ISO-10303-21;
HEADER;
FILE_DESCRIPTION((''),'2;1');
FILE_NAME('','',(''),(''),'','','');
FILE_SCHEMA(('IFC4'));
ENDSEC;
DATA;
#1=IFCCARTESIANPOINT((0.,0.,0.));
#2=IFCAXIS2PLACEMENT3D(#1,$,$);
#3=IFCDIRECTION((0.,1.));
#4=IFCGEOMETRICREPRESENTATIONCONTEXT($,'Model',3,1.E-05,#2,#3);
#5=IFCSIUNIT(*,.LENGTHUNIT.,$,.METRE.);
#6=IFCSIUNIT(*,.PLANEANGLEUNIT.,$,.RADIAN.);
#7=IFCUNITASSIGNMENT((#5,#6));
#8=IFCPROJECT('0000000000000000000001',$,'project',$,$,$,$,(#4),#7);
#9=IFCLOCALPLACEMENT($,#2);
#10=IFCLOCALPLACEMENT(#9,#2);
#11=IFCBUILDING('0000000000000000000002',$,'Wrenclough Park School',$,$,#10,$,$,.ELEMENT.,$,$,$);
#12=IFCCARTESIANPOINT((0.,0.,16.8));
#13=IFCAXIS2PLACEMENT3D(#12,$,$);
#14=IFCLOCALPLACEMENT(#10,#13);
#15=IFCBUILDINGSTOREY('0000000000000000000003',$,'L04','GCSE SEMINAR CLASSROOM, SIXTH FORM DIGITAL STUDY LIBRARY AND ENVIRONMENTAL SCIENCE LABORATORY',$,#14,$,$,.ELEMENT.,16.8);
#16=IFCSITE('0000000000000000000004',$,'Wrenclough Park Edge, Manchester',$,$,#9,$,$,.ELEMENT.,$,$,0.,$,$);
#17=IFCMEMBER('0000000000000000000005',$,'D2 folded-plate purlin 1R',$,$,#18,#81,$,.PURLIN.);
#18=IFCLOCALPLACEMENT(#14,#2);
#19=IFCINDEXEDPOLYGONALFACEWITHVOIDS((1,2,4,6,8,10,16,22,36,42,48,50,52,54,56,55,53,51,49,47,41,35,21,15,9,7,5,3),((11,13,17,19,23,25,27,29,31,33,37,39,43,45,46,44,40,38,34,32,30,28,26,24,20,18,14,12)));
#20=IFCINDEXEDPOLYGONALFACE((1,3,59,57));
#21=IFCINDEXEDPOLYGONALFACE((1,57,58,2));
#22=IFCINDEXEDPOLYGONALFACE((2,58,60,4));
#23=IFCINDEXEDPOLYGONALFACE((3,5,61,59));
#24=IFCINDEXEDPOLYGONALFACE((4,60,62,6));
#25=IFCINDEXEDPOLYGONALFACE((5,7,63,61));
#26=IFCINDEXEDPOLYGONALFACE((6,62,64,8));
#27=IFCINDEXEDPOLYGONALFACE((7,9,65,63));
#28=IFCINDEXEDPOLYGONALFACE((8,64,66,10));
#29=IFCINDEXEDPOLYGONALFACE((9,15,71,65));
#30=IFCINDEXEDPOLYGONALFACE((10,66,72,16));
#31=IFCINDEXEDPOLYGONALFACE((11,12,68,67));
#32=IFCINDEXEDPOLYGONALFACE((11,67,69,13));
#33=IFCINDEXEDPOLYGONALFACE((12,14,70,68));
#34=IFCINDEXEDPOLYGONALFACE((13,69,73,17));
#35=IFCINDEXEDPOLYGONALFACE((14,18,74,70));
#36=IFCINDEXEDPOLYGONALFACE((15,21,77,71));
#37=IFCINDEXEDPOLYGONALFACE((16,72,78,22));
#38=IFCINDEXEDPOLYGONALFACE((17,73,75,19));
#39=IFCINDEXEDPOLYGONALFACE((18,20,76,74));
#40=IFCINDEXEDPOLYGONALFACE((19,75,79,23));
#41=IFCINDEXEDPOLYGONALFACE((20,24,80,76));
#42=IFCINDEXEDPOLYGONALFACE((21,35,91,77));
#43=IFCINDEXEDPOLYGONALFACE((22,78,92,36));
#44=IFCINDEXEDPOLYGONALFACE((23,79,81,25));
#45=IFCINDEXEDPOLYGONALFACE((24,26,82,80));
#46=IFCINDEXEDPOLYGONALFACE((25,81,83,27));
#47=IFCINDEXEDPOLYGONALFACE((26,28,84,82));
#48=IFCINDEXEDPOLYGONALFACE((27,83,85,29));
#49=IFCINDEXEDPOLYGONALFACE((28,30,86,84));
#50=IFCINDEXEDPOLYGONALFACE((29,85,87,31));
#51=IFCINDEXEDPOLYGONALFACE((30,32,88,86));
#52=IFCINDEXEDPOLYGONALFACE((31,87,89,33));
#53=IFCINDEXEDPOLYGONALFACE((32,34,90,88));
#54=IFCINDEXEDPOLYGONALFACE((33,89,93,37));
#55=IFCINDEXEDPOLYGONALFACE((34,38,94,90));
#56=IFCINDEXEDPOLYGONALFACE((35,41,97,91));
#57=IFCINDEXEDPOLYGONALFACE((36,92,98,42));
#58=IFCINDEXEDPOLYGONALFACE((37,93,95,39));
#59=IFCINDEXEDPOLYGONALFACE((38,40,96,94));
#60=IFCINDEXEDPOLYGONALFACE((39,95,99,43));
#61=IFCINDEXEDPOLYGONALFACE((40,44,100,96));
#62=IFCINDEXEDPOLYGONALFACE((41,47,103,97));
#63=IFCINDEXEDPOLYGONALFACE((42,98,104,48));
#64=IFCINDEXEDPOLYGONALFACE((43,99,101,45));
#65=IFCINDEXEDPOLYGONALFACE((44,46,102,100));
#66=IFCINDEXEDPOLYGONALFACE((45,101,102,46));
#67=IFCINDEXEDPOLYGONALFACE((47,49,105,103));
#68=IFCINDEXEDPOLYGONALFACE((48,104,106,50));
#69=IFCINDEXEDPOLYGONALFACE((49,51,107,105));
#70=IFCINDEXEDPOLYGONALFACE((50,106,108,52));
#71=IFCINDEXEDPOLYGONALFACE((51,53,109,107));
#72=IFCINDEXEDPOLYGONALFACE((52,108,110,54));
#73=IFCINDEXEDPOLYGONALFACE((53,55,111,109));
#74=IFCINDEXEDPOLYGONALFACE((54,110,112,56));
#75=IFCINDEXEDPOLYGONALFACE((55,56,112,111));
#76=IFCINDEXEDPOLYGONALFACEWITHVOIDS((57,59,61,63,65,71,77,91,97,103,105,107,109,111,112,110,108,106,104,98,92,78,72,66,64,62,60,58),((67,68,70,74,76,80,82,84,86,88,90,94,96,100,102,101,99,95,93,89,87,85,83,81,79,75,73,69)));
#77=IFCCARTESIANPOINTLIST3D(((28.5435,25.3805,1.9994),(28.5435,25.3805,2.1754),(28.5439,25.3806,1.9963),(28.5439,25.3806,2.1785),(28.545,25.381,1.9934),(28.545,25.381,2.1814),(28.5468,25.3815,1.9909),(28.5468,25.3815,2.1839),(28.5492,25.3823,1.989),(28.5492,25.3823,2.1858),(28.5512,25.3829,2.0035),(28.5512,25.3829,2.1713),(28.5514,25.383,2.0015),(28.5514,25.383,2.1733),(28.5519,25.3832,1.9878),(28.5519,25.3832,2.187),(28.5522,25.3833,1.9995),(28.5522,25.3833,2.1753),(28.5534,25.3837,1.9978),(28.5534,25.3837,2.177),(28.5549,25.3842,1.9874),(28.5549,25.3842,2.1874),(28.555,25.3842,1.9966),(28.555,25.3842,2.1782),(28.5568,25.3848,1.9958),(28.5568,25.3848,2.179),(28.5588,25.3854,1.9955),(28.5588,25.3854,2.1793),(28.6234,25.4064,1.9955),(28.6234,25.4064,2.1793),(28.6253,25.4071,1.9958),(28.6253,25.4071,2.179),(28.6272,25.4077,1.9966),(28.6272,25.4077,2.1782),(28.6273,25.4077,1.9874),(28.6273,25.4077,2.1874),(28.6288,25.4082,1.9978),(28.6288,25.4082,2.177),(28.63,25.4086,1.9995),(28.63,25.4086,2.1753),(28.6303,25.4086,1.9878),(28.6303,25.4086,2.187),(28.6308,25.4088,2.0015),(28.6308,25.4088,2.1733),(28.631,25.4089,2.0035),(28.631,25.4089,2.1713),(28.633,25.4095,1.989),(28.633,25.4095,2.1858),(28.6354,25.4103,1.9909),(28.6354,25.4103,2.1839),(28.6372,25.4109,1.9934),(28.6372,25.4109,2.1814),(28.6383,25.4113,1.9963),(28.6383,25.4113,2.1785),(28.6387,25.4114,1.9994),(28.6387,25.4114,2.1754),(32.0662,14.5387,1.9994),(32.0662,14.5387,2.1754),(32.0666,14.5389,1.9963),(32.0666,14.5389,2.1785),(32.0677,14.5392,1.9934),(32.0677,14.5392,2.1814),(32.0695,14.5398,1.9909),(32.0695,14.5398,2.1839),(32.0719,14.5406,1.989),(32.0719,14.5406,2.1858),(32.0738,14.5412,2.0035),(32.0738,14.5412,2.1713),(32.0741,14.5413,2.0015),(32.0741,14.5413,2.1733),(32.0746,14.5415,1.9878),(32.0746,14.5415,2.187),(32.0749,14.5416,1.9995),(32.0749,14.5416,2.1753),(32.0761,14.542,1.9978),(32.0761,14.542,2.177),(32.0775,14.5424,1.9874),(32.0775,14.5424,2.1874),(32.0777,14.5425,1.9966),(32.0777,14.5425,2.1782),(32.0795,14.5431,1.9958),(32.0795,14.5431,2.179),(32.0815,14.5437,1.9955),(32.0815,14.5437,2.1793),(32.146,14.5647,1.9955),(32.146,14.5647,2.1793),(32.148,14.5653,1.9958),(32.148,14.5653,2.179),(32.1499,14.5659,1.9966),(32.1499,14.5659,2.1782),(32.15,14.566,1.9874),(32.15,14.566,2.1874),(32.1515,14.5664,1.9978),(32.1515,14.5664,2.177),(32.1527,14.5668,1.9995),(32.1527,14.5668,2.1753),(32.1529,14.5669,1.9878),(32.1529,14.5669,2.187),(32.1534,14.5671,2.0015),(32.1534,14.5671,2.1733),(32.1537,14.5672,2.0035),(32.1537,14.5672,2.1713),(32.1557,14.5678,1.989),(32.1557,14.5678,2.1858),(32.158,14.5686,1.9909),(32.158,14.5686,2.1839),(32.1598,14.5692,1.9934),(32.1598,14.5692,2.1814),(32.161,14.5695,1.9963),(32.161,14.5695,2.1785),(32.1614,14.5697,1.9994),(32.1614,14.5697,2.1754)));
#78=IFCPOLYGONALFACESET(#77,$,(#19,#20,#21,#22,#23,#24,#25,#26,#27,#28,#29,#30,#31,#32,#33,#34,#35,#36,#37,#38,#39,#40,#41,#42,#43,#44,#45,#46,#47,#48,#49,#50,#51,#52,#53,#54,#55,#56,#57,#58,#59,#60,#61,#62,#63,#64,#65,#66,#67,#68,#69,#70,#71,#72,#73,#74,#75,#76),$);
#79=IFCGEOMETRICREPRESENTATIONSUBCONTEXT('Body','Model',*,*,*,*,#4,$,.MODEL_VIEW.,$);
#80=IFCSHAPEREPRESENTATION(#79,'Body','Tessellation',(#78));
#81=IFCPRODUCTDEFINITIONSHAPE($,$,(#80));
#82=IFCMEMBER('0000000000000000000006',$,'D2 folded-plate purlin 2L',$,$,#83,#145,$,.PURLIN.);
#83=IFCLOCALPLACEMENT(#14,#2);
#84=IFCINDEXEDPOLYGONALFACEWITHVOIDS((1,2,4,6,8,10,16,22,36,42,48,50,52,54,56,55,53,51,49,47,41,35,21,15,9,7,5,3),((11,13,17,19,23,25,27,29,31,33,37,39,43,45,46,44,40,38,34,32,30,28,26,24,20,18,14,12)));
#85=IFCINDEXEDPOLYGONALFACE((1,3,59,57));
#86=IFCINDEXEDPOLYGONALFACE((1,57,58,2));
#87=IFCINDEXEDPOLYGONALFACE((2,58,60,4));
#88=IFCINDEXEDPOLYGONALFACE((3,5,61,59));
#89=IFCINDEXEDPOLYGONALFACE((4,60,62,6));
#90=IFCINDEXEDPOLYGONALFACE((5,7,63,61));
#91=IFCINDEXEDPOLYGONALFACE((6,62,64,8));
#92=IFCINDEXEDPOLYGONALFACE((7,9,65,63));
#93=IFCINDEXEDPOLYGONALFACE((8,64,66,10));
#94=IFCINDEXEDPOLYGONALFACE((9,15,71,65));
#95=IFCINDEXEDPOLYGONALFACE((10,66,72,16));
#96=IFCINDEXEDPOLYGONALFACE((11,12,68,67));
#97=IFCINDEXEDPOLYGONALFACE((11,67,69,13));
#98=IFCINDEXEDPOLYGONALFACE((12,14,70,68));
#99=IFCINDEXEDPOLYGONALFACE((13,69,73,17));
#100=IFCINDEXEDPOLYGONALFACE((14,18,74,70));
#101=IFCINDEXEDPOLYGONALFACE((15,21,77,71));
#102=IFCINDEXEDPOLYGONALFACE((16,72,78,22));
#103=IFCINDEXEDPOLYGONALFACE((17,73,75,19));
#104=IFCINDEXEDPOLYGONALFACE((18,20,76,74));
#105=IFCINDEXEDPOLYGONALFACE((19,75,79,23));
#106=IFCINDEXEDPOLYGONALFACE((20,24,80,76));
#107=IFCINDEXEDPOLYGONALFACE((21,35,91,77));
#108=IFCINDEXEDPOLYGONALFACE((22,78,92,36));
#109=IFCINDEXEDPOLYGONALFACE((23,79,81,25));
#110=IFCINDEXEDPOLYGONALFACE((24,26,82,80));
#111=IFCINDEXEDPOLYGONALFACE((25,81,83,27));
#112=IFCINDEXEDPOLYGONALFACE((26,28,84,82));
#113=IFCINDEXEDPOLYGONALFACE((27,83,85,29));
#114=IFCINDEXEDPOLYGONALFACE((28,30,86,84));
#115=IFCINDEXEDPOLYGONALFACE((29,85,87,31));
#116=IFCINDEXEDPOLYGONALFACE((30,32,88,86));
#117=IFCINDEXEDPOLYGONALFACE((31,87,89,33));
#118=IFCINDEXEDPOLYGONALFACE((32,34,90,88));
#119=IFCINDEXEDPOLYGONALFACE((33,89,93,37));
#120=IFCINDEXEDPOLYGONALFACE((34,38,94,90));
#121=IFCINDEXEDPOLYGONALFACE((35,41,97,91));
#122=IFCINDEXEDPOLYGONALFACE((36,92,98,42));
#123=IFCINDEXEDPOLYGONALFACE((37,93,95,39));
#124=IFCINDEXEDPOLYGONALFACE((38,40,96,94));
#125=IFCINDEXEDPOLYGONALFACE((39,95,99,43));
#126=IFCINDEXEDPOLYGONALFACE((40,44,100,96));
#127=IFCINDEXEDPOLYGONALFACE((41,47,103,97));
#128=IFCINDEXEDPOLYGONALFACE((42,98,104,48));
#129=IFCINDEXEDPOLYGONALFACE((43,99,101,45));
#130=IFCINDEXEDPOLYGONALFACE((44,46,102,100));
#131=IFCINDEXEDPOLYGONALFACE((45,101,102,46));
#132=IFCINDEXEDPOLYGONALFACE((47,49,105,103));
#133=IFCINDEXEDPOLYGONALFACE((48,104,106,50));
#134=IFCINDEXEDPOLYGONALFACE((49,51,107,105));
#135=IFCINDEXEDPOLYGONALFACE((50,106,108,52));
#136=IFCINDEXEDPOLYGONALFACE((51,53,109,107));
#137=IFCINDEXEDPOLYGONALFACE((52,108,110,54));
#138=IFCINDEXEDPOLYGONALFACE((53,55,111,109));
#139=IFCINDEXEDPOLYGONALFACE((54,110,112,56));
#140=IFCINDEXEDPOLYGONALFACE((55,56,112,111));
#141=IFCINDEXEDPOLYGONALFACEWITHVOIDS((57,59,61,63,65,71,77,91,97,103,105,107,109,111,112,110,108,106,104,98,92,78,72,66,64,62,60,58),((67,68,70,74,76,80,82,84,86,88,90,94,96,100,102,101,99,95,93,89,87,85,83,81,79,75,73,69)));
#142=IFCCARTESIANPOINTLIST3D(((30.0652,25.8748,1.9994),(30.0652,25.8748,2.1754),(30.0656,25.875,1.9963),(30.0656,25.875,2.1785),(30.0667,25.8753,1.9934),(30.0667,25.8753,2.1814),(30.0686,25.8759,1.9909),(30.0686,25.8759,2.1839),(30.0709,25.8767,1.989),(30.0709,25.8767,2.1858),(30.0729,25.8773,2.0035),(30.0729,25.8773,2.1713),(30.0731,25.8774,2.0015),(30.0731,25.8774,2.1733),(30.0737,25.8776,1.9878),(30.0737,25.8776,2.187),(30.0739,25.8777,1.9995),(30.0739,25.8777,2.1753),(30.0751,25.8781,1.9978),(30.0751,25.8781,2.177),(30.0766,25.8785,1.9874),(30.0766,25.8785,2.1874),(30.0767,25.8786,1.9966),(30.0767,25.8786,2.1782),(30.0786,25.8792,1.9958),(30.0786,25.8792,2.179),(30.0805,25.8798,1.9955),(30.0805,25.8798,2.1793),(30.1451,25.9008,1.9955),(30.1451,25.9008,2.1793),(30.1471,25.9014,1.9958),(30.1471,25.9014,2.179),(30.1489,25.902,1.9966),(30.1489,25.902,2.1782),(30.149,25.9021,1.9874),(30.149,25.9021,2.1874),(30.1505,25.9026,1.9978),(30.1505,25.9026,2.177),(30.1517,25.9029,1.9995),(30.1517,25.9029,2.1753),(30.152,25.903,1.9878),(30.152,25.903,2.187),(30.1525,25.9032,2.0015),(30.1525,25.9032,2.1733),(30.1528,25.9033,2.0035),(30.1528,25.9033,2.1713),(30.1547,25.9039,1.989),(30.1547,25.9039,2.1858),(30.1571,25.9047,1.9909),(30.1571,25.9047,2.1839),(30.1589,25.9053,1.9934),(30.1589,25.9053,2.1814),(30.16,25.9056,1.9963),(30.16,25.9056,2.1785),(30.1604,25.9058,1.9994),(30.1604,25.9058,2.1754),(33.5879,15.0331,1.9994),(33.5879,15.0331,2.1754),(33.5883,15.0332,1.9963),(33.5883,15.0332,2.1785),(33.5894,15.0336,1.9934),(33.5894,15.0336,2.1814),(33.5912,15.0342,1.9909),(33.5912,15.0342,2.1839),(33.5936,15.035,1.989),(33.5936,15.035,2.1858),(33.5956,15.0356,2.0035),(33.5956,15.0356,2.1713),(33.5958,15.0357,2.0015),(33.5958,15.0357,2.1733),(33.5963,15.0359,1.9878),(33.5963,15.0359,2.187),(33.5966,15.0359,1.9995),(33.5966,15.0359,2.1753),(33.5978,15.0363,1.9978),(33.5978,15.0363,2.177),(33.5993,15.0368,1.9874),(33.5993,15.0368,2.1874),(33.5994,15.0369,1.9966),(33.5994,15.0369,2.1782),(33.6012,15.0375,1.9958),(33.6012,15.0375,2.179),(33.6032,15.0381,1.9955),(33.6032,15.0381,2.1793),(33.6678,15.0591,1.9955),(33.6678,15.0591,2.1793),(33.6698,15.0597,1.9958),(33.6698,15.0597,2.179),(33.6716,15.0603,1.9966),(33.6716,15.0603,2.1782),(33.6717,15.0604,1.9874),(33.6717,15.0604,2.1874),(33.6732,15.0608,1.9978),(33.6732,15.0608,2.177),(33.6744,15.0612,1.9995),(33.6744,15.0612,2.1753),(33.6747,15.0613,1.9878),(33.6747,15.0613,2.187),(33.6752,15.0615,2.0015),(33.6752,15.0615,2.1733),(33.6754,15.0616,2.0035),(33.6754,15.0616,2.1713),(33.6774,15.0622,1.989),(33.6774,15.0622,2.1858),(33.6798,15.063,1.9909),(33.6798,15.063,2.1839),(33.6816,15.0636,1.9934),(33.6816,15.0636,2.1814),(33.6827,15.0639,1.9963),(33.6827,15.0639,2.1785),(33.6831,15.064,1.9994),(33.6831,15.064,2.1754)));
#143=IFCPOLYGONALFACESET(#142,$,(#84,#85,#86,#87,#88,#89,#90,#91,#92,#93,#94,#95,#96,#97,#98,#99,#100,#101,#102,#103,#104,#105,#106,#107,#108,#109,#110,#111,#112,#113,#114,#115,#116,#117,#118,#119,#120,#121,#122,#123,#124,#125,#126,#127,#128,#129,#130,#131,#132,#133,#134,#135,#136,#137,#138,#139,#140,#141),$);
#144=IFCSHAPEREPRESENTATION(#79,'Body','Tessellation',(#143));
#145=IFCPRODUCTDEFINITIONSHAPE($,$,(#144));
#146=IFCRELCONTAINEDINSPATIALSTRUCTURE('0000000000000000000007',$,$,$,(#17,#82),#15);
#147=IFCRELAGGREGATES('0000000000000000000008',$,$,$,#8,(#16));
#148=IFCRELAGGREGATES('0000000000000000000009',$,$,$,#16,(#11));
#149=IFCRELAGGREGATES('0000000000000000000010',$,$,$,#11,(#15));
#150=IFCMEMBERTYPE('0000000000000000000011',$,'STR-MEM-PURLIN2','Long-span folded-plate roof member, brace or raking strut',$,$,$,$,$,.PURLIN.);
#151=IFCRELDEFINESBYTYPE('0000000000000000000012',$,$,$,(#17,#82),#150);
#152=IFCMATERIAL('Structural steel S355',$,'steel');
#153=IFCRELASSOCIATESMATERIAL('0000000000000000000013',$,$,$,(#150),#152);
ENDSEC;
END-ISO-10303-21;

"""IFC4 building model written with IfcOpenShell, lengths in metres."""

from ifc_helpers import new_model, si_unit, direction, frame, origin, origin_2d, place, context, subcontext, project, spatial, hollow_rectangle, extrude, material, material_profile, profile_set, type_object, element, save


model = new_model("IFC4")

# Units and contexts
model_context = context("Model", 3, precision=1e-05, world=origin(), true_north=direction((0.0, 1.0)))
body_context = subcontext(model_context, "Body", "Model", "MODEL_VIEW")
ifc_project = project(units=[si_unit("LENGTHUNIT", "METRE"), si_unit("PLANEANGLEUNIT", "RADIAN")], contexts=[model_context])

# Site, building, storey
site_placement = place(None, origin())
site = spatial("IfcSite", under=ifc_project, at=site_placement, Name="Wrenclough Park Edge, Manchester", CompositionType="ELEMENT", RefElevation=0.0)
building_placement = place(site_placement, origin())
building = spatial("IfcBuilding", under=site, at=building_placement, Name="Wrenclough Park School", CompositionType="ELEMENT")
storey_placement = place(building_placement, frame((0.0, 0.0, 16.8)))
storey = spatial("IfcBuildingStorey", under=building, at=storey_placement, Name="L04", Description="GCSE SEMINAR CLASSROOM, SIXTH FORM DIGITAL STUDY LIBRARY AND ENVIRONMENTAL SCIENCE LABORATORY", CompositionType="ELEMENT", Elevation=16.8)

# Shared definitions
ifc_material_1 = material(Name="Structural steel S355", Category="steel")

# Members
ifc_material_profile_1 = material_profile(ifc_material_1, hollow_rectangle(XDim=0.1001, YDim=0.2, WallThickness=0.0081, InnerFilletRadius=0.0081, OuterFilletRadius=0.012, at=origin_2d()), Name="RHS 200x100x8.0")
ifc_profile_set_1 = profile_set([ifc_material_profile_1], Name="Structural steel S355")
member_type_1 = type_object("IfcMemberType", Name="STR-MEM-PURLIN2", Description="Long-span folded-plate roof member, brace or raking strut", PredefinedType="PURLIN", material=ifc_profile_set_1)
for number, where, z_axis, x_axis, name in (
    (1, (32.1138, 14.5542, 2.0874), (-0.309016, 0.951057, 0.0), (-0.951057, -0.309016, 0.0), "D2 folded-plate purlin 1R"),
    (2, (33.6355, 15.0486, 2.0874), (-0.309016, 0.951057, 0.0), (-0.951057, -0.309016, 0.0), "D2 folded-plate purlin 2L"),
):
    element("IfcMember", number, at=place(storey_placement, frame(where, z_axis=z_axis, x_axis=x_axis)), inside=storey, type_object=member_type_1, Name=name, PredefinedType="PURLIN", context=body_context, shape_type="SweptSolid", body=[
        extrude(hollow_rectangle(XDim=0.1001, YDim=0.2, WallThickness=0.0081, InnerFilletRadius=0.0081, OuterFilletRadius=0.012, at=origin_2d()), origin(), (0.0, 0.0, 1.0), 11.3997),
    ])

save(model, "model.ifc")
